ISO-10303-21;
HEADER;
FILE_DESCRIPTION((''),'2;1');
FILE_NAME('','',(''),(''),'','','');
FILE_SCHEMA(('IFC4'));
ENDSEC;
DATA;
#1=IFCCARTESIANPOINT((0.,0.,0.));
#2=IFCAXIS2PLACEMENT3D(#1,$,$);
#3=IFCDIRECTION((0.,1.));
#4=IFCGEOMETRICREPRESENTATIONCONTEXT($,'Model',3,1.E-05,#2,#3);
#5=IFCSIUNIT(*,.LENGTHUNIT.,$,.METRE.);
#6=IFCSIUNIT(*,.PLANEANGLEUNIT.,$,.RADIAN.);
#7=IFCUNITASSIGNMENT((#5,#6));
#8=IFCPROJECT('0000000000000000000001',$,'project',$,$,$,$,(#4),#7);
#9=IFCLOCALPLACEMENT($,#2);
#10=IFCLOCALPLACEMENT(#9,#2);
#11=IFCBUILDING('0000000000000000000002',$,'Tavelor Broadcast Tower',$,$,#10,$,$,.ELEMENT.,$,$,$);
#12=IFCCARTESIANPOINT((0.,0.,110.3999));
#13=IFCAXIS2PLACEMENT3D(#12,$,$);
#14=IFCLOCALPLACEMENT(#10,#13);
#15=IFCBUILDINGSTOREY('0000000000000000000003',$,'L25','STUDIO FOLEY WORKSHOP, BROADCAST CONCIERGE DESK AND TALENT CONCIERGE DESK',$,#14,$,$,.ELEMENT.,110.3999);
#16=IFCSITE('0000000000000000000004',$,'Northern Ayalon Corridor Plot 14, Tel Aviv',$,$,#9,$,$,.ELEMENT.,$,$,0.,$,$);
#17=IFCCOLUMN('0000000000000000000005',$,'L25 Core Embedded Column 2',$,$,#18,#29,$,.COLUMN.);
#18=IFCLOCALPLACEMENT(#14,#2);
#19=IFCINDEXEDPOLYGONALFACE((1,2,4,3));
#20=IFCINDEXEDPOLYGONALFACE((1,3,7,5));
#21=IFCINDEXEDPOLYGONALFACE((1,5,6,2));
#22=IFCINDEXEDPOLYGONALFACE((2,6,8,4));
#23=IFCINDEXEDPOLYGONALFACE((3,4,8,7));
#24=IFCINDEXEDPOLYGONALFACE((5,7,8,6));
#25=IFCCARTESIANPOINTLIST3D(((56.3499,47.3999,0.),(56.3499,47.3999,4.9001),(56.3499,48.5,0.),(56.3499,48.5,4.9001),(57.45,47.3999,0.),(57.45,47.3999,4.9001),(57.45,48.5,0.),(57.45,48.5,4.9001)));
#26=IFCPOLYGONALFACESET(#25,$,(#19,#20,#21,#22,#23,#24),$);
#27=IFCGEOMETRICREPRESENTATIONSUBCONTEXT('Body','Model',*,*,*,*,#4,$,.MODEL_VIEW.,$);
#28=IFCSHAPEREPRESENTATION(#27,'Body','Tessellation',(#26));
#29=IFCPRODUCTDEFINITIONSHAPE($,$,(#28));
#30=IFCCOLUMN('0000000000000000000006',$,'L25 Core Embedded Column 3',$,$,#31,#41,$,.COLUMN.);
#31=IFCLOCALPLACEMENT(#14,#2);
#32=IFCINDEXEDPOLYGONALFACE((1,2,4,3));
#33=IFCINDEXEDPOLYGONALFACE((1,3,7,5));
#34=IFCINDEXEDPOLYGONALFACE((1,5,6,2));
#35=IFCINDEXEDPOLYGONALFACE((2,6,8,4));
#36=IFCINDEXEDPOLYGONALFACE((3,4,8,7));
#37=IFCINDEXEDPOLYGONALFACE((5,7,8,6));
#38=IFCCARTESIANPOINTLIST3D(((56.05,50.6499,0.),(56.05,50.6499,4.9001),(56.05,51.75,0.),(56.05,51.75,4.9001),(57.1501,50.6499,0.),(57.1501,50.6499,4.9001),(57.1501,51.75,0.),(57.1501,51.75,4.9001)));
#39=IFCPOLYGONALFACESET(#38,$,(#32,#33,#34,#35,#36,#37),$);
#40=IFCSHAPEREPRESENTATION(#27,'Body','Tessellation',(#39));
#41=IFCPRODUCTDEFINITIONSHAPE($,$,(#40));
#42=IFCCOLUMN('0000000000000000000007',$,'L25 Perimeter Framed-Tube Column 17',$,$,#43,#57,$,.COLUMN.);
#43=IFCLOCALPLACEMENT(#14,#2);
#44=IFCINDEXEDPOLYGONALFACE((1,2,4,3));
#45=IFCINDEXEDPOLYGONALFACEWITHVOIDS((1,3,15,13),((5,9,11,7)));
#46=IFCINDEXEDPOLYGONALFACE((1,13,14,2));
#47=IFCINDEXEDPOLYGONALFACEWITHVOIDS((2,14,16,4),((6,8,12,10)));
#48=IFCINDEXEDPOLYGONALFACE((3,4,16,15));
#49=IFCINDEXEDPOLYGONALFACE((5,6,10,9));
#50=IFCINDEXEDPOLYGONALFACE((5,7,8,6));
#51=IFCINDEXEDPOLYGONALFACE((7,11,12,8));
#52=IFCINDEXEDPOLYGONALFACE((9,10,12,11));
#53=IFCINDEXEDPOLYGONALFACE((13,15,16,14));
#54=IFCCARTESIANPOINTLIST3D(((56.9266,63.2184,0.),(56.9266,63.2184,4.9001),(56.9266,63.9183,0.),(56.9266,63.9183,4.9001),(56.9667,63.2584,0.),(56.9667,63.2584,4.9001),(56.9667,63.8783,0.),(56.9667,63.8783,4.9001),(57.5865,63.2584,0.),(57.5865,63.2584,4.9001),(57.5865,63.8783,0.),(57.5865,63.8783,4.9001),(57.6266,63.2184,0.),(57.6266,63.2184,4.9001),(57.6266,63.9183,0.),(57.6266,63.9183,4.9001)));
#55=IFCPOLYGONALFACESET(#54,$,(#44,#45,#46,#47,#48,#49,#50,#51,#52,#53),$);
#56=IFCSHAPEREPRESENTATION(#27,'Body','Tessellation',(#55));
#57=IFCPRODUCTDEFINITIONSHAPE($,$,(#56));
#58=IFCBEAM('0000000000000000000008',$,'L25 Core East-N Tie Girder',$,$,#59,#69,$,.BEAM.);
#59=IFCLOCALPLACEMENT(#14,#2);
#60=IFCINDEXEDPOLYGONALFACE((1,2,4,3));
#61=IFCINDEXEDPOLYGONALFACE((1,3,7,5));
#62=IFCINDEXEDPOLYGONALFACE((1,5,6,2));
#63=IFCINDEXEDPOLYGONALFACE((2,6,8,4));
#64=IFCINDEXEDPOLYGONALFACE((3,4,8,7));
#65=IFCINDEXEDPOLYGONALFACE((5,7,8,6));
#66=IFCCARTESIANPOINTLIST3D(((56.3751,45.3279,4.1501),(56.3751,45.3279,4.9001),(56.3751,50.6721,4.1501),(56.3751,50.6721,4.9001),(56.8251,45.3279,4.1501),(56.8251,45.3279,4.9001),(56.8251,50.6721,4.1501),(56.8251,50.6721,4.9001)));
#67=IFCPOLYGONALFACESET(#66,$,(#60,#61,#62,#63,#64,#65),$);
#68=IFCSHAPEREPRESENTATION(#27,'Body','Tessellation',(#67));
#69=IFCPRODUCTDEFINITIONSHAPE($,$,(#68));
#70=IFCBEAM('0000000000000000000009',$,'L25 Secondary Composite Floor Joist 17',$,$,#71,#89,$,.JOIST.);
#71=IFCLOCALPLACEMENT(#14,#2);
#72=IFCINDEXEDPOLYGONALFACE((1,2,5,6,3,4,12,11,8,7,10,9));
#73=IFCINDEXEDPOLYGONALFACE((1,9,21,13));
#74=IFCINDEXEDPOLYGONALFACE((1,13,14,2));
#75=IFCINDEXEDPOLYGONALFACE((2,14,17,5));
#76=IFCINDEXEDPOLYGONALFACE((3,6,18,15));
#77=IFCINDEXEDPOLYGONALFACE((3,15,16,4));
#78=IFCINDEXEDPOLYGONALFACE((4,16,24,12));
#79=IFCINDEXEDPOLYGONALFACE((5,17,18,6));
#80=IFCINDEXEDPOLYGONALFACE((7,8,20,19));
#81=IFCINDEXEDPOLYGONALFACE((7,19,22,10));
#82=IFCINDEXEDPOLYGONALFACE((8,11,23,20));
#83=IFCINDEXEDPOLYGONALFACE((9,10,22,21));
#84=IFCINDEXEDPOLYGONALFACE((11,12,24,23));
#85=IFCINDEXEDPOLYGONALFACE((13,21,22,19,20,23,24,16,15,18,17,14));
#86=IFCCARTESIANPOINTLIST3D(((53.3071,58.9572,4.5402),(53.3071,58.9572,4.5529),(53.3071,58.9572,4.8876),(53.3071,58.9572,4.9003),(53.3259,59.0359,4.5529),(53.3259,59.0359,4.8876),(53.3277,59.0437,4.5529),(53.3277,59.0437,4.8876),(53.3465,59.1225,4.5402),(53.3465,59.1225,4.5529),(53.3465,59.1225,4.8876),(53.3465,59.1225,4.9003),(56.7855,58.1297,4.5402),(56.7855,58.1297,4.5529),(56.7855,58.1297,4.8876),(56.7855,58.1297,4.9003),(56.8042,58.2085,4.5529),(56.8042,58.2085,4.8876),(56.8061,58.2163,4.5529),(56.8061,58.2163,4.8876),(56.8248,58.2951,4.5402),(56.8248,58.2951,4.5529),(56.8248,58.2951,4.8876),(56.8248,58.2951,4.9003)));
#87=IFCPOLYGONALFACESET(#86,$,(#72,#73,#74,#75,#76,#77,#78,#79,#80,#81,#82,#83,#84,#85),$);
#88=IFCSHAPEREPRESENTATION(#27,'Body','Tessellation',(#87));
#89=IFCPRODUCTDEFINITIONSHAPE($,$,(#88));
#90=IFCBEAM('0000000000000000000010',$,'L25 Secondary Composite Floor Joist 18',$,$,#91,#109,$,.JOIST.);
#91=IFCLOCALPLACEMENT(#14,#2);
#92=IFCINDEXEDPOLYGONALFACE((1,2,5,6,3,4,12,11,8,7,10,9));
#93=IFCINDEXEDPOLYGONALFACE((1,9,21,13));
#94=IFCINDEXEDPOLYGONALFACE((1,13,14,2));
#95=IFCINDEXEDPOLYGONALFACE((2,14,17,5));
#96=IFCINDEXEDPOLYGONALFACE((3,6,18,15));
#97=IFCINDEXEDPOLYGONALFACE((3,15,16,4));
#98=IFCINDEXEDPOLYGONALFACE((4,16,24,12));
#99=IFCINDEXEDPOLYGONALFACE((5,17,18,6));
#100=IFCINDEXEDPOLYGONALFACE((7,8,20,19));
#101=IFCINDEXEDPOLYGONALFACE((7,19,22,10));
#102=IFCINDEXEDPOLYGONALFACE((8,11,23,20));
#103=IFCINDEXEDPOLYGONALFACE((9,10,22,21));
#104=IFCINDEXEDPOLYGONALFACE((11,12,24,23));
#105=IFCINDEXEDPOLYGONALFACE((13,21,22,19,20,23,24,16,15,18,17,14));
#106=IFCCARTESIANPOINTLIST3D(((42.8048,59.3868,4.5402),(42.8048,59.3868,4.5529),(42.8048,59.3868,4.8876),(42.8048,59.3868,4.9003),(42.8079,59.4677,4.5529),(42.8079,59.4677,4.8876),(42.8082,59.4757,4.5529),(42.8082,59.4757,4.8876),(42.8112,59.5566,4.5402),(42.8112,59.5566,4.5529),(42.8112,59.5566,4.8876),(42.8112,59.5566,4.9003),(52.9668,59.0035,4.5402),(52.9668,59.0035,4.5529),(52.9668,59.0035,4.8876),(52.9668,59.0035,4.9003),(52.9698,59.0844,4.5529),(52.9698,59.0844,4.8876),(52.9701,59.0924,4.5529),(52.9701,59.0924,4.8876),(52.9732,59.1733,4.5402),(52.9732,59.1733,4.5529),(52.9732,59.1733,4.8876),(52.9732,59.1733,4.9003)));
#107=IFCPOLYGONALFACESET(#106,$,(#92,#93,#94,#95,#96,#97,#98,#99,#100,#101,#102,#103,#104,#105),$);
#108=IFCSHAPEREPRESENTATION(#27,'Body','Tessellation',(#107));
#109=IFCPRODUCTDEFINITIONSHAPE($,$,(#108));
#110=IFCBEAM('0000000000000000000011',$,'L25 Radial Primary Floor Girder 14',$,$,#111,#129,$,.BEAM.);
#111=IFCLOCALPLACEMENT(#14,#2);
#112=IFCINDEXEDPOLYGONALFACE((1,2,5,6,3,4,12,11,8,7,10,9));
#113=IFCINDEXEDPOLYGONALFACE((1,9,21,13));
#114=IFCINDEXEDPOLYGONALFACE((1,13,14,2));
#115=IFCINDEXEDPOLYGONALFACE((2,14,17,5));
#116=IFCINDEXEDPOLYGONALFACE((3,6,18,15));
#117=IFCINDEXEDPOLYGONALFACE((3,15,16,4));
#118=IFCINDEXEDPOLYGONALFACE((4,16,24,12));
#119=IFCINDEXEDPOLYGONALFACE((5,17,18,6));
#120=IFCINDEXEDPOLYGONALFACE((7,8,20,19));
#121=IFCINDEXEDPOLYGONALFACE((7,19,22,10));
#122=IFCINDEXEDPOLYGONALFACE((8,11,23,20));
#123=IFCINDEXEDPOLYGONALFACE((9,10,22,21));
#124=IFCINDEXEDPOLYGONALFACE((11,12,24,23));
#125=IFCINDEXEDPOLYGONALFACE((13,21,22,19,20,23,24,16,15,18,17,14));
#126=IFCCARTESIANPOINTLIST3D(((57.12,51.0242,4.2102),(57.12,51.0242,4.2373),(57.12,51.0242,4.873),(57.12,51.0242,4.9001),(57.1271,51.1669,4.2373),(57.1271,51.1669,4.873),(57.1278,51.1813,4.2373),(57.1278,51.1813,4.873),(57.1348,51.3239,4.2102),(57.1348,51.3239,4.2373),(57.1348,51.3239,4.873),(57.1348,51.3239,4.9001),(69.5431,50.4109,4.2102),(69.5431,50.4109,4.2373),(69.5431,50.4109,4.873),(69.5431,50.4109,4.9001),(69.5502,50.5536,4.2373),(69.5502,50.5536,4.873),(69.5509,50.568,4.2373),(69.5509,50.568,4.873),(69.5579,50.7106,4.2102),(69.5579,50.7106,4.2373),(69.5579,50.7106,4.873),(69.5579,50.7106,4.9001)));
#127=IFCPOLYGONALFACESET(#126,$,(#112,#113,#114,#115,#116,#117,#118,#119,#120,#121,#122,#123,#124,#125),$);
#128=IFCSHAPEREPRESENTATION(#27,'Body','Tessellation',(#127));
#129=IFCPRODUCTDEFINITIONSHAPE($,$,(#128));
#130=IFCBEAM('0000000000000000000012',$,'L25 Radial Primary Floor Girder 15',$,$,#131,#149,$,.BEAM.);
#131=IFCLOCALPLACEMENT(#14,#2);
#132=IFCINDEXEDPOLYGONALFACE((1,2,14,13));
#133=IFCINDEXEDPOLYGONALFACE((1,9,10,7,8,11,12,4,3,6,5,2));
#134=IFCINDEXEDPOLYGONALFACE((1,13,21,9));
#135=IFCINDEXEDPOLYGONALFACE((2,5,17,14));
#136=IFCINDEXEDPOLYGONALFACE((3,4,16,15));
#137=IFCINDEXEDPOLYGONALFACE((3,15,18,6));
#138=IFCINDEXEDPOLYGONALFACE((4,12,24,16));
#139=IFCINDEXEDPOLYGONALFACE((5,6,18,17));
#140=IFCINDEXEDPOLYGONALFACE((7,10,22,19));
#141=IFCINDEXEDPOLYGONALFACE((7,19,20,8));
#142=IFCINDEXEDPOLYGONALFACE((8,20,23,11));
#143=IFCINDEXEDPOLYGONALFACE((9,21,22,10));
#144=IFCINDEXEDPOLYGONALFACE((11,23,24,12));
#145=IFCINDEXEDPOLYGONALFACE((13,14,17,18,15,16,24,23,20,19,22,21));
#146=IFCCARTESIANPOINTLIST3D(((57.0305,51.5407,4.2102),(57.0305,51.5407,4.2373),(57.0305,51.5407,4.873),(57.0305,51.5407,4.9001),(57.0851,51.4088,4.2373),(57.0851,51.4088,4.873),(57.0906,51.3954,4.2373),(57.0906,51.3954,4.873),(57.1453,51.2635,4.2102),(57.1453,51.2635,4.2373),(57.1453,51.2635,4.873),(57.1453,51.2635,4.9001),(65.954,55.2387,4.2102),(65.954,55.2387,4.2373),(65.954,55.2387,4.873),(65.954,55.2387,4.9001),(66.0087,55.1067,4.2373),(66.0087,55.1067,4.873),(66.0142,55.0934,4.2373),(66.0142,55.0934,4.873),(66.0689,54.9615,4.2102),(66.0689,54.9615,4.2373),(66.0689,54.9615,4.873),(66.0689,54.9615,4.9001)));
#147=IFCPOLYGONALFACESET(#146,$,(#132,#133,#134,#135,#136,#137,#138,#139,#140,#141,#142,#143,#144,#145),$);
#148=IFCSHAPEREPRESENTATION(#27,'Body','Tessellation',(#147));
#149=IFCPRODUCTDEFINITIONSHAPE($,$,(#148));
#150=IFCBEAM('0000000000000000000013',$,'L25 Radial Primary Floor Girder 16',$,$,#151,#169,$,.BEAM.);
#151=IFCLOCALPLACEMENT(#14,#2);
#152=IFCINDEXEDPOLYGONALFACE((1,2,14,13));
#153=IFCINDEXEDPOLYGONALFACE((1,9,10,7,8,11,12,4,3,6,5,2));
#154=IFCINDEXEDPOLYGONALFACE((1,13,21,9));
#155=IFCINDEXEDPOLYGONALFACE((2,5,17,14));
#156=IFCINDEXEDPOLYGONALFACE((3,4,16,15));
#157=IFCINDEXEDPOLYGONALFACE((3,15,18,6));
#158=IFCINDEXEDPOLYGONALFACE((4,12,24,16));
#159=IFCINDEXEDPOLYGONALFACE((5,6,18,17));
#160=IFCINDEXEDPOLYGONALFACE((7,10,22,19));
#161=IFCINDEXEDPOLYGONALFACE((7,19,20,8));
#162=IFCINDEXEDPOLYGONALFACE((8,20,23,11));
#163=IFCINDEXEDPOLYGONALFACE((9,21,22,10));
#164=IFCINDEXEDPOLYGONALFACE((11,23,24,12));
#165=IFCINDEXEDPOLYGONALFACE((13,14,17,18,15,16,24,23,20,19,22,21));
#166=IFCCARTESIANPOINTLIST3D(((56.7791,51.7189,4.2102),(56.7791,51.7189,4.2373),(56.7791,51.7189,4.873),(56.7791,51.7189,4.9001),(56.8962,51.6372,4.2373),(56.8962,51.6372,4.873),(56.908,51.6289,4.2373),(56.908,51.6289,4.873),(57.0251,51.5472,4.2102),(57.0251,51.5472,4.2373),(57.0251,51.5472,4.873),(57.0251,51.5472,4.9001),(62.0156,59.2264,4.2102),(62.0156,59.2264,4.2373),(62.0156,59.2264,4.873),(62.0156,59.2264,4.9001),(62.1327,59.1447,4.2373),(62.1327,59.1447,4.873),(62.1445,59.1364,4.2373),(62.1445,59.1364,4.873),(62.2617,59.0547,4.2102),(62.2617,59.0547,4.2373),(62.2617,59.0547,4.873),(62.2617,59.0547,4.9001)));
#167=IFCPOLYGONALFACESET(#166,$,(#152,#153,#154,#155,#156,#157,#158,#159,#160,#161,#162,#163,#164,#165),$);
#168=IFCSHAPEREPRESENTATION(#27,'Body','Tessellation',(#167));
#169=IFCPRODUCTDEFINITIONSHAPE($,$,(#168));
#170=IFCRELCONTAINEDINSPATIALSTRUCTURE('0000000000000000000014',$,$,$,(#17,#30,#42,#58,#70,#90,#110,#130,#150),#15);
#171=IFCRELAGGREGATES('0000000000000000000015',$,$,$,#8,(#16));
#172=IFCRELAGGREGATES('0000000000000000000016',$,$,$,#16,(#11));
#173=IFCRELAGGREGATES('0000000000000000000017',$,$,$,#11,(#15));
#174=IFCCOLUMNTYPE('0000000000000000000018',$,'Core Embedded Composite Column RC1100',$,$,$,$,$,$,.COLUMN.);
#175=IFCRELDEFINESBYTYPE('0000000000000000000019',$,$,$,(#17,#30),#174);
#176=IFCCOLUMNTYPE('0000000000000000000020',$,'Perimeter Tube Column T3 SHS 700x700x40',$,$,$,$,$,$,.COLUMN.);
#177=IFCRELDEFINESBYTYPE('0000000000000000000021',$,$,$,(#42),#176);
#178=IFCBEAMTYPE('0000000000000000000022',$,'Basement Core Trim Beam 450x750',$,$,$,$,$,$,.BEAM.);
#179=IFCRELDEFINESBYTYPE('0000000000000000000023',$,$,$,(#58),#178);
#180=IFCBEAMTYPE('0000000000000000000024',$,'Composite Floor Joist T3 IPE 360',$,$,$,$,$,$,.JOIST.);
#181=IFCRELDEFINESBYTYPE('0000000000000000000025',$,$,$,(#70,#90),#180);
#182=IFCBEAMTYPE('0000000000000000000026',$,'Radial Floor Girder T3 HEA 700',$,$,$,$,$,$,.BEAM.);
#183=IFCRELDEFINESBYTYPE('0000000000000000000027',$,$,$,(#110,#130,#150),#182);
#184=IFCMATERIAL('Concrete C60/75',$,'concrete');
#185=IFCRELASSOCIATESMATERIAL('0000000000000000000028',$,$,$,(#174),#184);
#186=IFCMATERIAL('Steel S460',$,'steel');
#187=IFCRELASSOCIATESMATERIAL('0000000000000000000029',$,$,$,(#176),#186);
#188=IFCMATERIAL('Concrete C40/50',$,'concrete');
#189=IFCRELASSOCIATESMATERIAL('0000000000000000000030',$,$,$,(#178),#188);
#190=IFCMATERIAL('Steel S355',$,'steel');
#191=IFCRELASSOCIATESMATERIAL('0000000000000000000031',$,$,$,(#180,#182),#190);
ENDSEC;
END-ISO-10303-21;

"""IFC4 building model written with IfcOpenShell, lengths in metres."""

from ifc_helpers import new_model, si_unit, direction, frame, origin, origin_2d, place, context, subcontext, project, spatial, rectangle, hollow_rectangle, i_section, extrude, material, material_profile, profile_set, type_object, element, save


model = new_model("IFC4")

# Units and contexts
model_context = context("Model", 3, precision=1e-05, world=origin(), true_north=direction((0.0, 1.0)))
body_context = subcontext(model_context, "Body", "Model", "MODEL_VIEW")
ifc_project = project(units=[si_unit("LENGTHUNIT", "METRE"), si_unit("PLANEANGLEUNIT", "RADIAN")], contexts=[model_context])

# Site, building, storey
site_placement = place(None, origin())
site = spatial("IfcSite", under=ifc_project, at=site_placement, Name="Northern Ayalon Corridor Plot 14, Tel Aviv", CompositionType="ELEMENT", RefElevation=0.0)
building_placement = place(site_placement, origin())
building = spatial("IfcBuilding", under=site, at=building_placement, Name="Tavelor Broadcast Tower", CompositionType="ELEMENT")
storey_placement = place(building_placement, frame((0.0, 0.0, 110.3999)))
storey = spatial("IfcBuildingStorey", under=building, at=storey_placement, Name="L25", Description="STUDIO FOLEY WORKSHOP, BROADCAST CONCIERGE DESK AND TALENT CONCIERGE DESK", CompositionType="ELEMENT", Elevation=110.3999)

# Columns
ifc_material_1 = material(Name="Concrete C60/75", Category="concrete")
ifc_material_profile_1 = material_profile(ifc_material_1, rectangle(XDim=1.1001, YDim=1.1001, at=origin_2d()), Name="RC 1100x1100")
ifc_profile_set_1 = profile_set([ifc_material_profile_1], Name="Concrete C60/75")
column_type_1 = type_object("IfcColumnType", Name="Core Embedded Composite Column RC1100", PredefinedType="COLUMN", material=ifc_profile_set_1)
for number, where, z_axis, x_axis, name in (
    (1, (56.8999, 47.95, 0.0), (0.0, 0.0, 1.0), (1.0, 0.0, 0.0), "L25 Core Embedded Column 2"),
    (2, (56.6001, 51.2, 0.0), (0.0, 0.0, 1.0), (1.0, 0.0, 0.0), "L25 Core Embedded Column 3"),
):
    element("IfcColumn", number, at=place(storey_placement, frame(where, z_axis=z_axis, x_axis=x_axis)), inside=storey, type_object=column_type_1, Name=name, PredefinedType="COLUMN", context=body_context, shape_type="SweptSolid", body=[
        extrude(rectangle(XDim=1.1001, YDim=1.1001, at=origin_2d()), origin(), (0.0, 0.0, 1.0), 4.9001),
    ])
ifc_material_2 = material(Name="Steel S460", Category="steel")
ifc_material_profile_2 = material_profile(ifc_material_2, hollow_rectangle(XDim=0.7, YDim=0.7, WallThickness=0.04, at=origin_2d()), Name="SHS 700x700x40")
ifc_profile_set_2 = profile_set([ifc_material_profile_2], Name="Steel S460")
column_type_2 = type_object("IfcColumnType", Name="Perimeter Tube Column T3 SHS 700x700x40", PredefinedType="COLUMN", material=ifc_profile_set_2)
column_placement = place(storey_placement, frame((57.2766, 63.5684, 0.0), z_axis=(0.0, 0.0, 1.0), x_axis=(1.0, 0.0, 0.0)))
element("IfcColumn", 3, at=column_placement, inside=storey, type_object=column_type_2, Name="L25 Perimeter Framed-Tube Column 17", PredefinedType="COLUMN", context=body_context, shape_type="SweptSolid", body=[
    extrude(hollow_rectangle(XDim=0.7, YDim=0.7, WallThickness=0.04, at=origin_2d()), origin(), (0.0, 0.0, 1.0), 4.9001),
])

# Beams
ifc_material_3 = material(Name="Concrete C40/50", Category="concrete")
ifc_material_profile_3 = material_profile(ifc_material_3, rectangle(XDim=0.45, YDim=0.75, at=origin_2d()), Name="RC 450x750")
ifc_profile_set_3 = profile_set([ifc_material_profile_3], Name="Concrete C40/50")
beam_type_1 = type_object("IfcBeamType", Name="Basement Core Trim Beam 450x750", PredefinedType="BEAM", material=ifc_profile_set_3)
beam_1_placement = place(storey_placement, frame((56.6001, 45.3279, 4.5251), z_axis=(0.0, 1.0, 0.0), x_axis=(-1.0, 0.0, 0.0)))
element("IfcBeam", 4, at=beam_1_placement, inside=storey, type_object=beam_type_1, Name="L25 Core East-N Tie Girder", PredefinedType="BEAM", context=body_context, shape_type="SweptSolid", body=[
    extrude(rectangle(XDim=0.45, YDim=0.75, at=origin_2d()), origin(), (0.0, 0.0, 1.0), 5.3442),
])
ifc_material_4 = material(Name="Steel S355", Category="steel")
ifc_material_profile_4 = material_profile(ifc_material_4, i_section(OverallWidth=0.1699, OverallDepth=0.3601, WebThickness=0.0081, FlangeThickness=0.0127, at=origin_2d()), Name="IPE 360")
ifc_profile_set_4 = profile_set([ifc_material_profile_4], Name="Steel S355")
beam_type_2 = type_object("IfcBeamType", Name="Composite Floor Joist T3 IPE 360", PredefinedType="JOIST", material=ifc_profile_set_4)
beam_2_placement = place(storey_placement, frame((56.8052, 58.2124, 4.7202), z_axis=(-0.972855, 0.231417, 0.0), x_axis=(-0.231417, -0.972855, 0.0)))
element("IfcBeam", 5, at=beam_2_placement, inside=storey, type_object=beam_type_2, Name="L25 Secondary Composite Floor Joist 17", PredefinedType="JOIST", context=body_context, shape_type="SweptSolid", body=[
    extrude(i_section(OverallWidth=0.1699, OverallDepth=0.3601, WebThickness=0.0081, FlangeThickness=0.0127, at=origin_2d()), origin(), (0.0, 0.0, 1.0), 3.5754),
])
beam_3_placement = place(storey_placement, frame((52.97, 59.0884, 4.7202), z_axis=(-0.999289, 0.037693, 0.0), x_axis=(-0.037693, -0.999289, 0.0)))
element("IfcBeam", 6, at=beam_3_placement, inside=storey, type_object=beam_type_2, Name="L25 Secondary Composite Floor Joist 18", PredefinedType="JOIST", context=body_context, shape_type="SweptSolid", body=[
    extrude(i_section(OverallWidth=0.1699, OverallDepth=0.3601, WebThickness=0.0081, FlangeThickness=0.0127, at=origin_2d()), origin(), (0.0, 0.0, 1.0), 10.1692),
])
ifc_material_profile_5 = material_profile(ifc_material_4, i_section(OverallWidth=0.3, OverallDepth=0.6899, WebThickness=0.0144, FlangeThickness=0.0271, at=origin_2d()), Name="HEA 700")
ifc_profile_set_5 = profile_set([ifc_material_profile_5], Name="Steel S355")
beam_type_3 = type_object("IfcBeamType", Name="Radial Floor Girder T3 HEA 700", PredefinedType="BEAM", material=ifc_profile_set_5)
beam_4_placement = place(storey_placement, frame((57.1274, 51.1741, 4.5552), z_axis=(0.998784, -0.049306, 0.0), x_axis=(0.049306, 0.998784, 0.0)))
element("IfcBeam", 7, at=beam_4_placement, inside=storey, type_object=beam_type_3, Name="L25 Radial Primary Floor Girder 14", PredefinedType="BEAM", context=body_context, shape_type="SweptSolid", body=[
    extrude(i_section(OverallWidth=0.3, OverallDepth=0.6899, WebThickness=0.0144, FlangeThickness=0.0271, at=origin_2d()), origin(), (0.0, 0.0, 1.0), 12.4382),
])
beam_5_placement = place(storey_placement, frame((57.0879, 51.4021, 4.5552), z_axis=(0.923816, 0.382836, 0.0), x_axis=(-0.382836, 0.923816, 0.0)))
element("IfcBeam", 8, at=beam_5_placement, inside=storey, type_object=beam_type_3, Name="L25 Radial Primary Floor Girder 15", PredefinedType="BEAM", context=body_context, shape_type="SweptSolid", body=[
    extrude(i_section(OverallWidth=0.3, OverallDepth=0.6899, WebThickness=0.0144, FlangeThickness=0.0271, at=origin_2d()), origin(), (0.0, 0.0, 1.0), 9.6594),
])
beam_6_placement = place(storey_placement, frame((56.9021, 51.6331, 4.5552), z_axis=(0.572089, 0.820192, 0.0), x_axis=(-0.820192, 0.572089, 0.0)))
element("IfcBeam", 9, at=beam_6_placement, inside=storey, type_object=beam_type_3, Name="L25 Radial Primary Floor Girder 16", PredefinedType="BEAM", context=body_context, shape_type="SweptSolid", body=[
    extrude(i_section(OverallWidth=0.3, OverallDepth=0.6899, WebThickness=0.0144, FlangeThickness=0.0271, at=origin_2d()), origin(), (0.0, 0.0, 1.0), 9.1533),
])

save(model, "model.ifc")
